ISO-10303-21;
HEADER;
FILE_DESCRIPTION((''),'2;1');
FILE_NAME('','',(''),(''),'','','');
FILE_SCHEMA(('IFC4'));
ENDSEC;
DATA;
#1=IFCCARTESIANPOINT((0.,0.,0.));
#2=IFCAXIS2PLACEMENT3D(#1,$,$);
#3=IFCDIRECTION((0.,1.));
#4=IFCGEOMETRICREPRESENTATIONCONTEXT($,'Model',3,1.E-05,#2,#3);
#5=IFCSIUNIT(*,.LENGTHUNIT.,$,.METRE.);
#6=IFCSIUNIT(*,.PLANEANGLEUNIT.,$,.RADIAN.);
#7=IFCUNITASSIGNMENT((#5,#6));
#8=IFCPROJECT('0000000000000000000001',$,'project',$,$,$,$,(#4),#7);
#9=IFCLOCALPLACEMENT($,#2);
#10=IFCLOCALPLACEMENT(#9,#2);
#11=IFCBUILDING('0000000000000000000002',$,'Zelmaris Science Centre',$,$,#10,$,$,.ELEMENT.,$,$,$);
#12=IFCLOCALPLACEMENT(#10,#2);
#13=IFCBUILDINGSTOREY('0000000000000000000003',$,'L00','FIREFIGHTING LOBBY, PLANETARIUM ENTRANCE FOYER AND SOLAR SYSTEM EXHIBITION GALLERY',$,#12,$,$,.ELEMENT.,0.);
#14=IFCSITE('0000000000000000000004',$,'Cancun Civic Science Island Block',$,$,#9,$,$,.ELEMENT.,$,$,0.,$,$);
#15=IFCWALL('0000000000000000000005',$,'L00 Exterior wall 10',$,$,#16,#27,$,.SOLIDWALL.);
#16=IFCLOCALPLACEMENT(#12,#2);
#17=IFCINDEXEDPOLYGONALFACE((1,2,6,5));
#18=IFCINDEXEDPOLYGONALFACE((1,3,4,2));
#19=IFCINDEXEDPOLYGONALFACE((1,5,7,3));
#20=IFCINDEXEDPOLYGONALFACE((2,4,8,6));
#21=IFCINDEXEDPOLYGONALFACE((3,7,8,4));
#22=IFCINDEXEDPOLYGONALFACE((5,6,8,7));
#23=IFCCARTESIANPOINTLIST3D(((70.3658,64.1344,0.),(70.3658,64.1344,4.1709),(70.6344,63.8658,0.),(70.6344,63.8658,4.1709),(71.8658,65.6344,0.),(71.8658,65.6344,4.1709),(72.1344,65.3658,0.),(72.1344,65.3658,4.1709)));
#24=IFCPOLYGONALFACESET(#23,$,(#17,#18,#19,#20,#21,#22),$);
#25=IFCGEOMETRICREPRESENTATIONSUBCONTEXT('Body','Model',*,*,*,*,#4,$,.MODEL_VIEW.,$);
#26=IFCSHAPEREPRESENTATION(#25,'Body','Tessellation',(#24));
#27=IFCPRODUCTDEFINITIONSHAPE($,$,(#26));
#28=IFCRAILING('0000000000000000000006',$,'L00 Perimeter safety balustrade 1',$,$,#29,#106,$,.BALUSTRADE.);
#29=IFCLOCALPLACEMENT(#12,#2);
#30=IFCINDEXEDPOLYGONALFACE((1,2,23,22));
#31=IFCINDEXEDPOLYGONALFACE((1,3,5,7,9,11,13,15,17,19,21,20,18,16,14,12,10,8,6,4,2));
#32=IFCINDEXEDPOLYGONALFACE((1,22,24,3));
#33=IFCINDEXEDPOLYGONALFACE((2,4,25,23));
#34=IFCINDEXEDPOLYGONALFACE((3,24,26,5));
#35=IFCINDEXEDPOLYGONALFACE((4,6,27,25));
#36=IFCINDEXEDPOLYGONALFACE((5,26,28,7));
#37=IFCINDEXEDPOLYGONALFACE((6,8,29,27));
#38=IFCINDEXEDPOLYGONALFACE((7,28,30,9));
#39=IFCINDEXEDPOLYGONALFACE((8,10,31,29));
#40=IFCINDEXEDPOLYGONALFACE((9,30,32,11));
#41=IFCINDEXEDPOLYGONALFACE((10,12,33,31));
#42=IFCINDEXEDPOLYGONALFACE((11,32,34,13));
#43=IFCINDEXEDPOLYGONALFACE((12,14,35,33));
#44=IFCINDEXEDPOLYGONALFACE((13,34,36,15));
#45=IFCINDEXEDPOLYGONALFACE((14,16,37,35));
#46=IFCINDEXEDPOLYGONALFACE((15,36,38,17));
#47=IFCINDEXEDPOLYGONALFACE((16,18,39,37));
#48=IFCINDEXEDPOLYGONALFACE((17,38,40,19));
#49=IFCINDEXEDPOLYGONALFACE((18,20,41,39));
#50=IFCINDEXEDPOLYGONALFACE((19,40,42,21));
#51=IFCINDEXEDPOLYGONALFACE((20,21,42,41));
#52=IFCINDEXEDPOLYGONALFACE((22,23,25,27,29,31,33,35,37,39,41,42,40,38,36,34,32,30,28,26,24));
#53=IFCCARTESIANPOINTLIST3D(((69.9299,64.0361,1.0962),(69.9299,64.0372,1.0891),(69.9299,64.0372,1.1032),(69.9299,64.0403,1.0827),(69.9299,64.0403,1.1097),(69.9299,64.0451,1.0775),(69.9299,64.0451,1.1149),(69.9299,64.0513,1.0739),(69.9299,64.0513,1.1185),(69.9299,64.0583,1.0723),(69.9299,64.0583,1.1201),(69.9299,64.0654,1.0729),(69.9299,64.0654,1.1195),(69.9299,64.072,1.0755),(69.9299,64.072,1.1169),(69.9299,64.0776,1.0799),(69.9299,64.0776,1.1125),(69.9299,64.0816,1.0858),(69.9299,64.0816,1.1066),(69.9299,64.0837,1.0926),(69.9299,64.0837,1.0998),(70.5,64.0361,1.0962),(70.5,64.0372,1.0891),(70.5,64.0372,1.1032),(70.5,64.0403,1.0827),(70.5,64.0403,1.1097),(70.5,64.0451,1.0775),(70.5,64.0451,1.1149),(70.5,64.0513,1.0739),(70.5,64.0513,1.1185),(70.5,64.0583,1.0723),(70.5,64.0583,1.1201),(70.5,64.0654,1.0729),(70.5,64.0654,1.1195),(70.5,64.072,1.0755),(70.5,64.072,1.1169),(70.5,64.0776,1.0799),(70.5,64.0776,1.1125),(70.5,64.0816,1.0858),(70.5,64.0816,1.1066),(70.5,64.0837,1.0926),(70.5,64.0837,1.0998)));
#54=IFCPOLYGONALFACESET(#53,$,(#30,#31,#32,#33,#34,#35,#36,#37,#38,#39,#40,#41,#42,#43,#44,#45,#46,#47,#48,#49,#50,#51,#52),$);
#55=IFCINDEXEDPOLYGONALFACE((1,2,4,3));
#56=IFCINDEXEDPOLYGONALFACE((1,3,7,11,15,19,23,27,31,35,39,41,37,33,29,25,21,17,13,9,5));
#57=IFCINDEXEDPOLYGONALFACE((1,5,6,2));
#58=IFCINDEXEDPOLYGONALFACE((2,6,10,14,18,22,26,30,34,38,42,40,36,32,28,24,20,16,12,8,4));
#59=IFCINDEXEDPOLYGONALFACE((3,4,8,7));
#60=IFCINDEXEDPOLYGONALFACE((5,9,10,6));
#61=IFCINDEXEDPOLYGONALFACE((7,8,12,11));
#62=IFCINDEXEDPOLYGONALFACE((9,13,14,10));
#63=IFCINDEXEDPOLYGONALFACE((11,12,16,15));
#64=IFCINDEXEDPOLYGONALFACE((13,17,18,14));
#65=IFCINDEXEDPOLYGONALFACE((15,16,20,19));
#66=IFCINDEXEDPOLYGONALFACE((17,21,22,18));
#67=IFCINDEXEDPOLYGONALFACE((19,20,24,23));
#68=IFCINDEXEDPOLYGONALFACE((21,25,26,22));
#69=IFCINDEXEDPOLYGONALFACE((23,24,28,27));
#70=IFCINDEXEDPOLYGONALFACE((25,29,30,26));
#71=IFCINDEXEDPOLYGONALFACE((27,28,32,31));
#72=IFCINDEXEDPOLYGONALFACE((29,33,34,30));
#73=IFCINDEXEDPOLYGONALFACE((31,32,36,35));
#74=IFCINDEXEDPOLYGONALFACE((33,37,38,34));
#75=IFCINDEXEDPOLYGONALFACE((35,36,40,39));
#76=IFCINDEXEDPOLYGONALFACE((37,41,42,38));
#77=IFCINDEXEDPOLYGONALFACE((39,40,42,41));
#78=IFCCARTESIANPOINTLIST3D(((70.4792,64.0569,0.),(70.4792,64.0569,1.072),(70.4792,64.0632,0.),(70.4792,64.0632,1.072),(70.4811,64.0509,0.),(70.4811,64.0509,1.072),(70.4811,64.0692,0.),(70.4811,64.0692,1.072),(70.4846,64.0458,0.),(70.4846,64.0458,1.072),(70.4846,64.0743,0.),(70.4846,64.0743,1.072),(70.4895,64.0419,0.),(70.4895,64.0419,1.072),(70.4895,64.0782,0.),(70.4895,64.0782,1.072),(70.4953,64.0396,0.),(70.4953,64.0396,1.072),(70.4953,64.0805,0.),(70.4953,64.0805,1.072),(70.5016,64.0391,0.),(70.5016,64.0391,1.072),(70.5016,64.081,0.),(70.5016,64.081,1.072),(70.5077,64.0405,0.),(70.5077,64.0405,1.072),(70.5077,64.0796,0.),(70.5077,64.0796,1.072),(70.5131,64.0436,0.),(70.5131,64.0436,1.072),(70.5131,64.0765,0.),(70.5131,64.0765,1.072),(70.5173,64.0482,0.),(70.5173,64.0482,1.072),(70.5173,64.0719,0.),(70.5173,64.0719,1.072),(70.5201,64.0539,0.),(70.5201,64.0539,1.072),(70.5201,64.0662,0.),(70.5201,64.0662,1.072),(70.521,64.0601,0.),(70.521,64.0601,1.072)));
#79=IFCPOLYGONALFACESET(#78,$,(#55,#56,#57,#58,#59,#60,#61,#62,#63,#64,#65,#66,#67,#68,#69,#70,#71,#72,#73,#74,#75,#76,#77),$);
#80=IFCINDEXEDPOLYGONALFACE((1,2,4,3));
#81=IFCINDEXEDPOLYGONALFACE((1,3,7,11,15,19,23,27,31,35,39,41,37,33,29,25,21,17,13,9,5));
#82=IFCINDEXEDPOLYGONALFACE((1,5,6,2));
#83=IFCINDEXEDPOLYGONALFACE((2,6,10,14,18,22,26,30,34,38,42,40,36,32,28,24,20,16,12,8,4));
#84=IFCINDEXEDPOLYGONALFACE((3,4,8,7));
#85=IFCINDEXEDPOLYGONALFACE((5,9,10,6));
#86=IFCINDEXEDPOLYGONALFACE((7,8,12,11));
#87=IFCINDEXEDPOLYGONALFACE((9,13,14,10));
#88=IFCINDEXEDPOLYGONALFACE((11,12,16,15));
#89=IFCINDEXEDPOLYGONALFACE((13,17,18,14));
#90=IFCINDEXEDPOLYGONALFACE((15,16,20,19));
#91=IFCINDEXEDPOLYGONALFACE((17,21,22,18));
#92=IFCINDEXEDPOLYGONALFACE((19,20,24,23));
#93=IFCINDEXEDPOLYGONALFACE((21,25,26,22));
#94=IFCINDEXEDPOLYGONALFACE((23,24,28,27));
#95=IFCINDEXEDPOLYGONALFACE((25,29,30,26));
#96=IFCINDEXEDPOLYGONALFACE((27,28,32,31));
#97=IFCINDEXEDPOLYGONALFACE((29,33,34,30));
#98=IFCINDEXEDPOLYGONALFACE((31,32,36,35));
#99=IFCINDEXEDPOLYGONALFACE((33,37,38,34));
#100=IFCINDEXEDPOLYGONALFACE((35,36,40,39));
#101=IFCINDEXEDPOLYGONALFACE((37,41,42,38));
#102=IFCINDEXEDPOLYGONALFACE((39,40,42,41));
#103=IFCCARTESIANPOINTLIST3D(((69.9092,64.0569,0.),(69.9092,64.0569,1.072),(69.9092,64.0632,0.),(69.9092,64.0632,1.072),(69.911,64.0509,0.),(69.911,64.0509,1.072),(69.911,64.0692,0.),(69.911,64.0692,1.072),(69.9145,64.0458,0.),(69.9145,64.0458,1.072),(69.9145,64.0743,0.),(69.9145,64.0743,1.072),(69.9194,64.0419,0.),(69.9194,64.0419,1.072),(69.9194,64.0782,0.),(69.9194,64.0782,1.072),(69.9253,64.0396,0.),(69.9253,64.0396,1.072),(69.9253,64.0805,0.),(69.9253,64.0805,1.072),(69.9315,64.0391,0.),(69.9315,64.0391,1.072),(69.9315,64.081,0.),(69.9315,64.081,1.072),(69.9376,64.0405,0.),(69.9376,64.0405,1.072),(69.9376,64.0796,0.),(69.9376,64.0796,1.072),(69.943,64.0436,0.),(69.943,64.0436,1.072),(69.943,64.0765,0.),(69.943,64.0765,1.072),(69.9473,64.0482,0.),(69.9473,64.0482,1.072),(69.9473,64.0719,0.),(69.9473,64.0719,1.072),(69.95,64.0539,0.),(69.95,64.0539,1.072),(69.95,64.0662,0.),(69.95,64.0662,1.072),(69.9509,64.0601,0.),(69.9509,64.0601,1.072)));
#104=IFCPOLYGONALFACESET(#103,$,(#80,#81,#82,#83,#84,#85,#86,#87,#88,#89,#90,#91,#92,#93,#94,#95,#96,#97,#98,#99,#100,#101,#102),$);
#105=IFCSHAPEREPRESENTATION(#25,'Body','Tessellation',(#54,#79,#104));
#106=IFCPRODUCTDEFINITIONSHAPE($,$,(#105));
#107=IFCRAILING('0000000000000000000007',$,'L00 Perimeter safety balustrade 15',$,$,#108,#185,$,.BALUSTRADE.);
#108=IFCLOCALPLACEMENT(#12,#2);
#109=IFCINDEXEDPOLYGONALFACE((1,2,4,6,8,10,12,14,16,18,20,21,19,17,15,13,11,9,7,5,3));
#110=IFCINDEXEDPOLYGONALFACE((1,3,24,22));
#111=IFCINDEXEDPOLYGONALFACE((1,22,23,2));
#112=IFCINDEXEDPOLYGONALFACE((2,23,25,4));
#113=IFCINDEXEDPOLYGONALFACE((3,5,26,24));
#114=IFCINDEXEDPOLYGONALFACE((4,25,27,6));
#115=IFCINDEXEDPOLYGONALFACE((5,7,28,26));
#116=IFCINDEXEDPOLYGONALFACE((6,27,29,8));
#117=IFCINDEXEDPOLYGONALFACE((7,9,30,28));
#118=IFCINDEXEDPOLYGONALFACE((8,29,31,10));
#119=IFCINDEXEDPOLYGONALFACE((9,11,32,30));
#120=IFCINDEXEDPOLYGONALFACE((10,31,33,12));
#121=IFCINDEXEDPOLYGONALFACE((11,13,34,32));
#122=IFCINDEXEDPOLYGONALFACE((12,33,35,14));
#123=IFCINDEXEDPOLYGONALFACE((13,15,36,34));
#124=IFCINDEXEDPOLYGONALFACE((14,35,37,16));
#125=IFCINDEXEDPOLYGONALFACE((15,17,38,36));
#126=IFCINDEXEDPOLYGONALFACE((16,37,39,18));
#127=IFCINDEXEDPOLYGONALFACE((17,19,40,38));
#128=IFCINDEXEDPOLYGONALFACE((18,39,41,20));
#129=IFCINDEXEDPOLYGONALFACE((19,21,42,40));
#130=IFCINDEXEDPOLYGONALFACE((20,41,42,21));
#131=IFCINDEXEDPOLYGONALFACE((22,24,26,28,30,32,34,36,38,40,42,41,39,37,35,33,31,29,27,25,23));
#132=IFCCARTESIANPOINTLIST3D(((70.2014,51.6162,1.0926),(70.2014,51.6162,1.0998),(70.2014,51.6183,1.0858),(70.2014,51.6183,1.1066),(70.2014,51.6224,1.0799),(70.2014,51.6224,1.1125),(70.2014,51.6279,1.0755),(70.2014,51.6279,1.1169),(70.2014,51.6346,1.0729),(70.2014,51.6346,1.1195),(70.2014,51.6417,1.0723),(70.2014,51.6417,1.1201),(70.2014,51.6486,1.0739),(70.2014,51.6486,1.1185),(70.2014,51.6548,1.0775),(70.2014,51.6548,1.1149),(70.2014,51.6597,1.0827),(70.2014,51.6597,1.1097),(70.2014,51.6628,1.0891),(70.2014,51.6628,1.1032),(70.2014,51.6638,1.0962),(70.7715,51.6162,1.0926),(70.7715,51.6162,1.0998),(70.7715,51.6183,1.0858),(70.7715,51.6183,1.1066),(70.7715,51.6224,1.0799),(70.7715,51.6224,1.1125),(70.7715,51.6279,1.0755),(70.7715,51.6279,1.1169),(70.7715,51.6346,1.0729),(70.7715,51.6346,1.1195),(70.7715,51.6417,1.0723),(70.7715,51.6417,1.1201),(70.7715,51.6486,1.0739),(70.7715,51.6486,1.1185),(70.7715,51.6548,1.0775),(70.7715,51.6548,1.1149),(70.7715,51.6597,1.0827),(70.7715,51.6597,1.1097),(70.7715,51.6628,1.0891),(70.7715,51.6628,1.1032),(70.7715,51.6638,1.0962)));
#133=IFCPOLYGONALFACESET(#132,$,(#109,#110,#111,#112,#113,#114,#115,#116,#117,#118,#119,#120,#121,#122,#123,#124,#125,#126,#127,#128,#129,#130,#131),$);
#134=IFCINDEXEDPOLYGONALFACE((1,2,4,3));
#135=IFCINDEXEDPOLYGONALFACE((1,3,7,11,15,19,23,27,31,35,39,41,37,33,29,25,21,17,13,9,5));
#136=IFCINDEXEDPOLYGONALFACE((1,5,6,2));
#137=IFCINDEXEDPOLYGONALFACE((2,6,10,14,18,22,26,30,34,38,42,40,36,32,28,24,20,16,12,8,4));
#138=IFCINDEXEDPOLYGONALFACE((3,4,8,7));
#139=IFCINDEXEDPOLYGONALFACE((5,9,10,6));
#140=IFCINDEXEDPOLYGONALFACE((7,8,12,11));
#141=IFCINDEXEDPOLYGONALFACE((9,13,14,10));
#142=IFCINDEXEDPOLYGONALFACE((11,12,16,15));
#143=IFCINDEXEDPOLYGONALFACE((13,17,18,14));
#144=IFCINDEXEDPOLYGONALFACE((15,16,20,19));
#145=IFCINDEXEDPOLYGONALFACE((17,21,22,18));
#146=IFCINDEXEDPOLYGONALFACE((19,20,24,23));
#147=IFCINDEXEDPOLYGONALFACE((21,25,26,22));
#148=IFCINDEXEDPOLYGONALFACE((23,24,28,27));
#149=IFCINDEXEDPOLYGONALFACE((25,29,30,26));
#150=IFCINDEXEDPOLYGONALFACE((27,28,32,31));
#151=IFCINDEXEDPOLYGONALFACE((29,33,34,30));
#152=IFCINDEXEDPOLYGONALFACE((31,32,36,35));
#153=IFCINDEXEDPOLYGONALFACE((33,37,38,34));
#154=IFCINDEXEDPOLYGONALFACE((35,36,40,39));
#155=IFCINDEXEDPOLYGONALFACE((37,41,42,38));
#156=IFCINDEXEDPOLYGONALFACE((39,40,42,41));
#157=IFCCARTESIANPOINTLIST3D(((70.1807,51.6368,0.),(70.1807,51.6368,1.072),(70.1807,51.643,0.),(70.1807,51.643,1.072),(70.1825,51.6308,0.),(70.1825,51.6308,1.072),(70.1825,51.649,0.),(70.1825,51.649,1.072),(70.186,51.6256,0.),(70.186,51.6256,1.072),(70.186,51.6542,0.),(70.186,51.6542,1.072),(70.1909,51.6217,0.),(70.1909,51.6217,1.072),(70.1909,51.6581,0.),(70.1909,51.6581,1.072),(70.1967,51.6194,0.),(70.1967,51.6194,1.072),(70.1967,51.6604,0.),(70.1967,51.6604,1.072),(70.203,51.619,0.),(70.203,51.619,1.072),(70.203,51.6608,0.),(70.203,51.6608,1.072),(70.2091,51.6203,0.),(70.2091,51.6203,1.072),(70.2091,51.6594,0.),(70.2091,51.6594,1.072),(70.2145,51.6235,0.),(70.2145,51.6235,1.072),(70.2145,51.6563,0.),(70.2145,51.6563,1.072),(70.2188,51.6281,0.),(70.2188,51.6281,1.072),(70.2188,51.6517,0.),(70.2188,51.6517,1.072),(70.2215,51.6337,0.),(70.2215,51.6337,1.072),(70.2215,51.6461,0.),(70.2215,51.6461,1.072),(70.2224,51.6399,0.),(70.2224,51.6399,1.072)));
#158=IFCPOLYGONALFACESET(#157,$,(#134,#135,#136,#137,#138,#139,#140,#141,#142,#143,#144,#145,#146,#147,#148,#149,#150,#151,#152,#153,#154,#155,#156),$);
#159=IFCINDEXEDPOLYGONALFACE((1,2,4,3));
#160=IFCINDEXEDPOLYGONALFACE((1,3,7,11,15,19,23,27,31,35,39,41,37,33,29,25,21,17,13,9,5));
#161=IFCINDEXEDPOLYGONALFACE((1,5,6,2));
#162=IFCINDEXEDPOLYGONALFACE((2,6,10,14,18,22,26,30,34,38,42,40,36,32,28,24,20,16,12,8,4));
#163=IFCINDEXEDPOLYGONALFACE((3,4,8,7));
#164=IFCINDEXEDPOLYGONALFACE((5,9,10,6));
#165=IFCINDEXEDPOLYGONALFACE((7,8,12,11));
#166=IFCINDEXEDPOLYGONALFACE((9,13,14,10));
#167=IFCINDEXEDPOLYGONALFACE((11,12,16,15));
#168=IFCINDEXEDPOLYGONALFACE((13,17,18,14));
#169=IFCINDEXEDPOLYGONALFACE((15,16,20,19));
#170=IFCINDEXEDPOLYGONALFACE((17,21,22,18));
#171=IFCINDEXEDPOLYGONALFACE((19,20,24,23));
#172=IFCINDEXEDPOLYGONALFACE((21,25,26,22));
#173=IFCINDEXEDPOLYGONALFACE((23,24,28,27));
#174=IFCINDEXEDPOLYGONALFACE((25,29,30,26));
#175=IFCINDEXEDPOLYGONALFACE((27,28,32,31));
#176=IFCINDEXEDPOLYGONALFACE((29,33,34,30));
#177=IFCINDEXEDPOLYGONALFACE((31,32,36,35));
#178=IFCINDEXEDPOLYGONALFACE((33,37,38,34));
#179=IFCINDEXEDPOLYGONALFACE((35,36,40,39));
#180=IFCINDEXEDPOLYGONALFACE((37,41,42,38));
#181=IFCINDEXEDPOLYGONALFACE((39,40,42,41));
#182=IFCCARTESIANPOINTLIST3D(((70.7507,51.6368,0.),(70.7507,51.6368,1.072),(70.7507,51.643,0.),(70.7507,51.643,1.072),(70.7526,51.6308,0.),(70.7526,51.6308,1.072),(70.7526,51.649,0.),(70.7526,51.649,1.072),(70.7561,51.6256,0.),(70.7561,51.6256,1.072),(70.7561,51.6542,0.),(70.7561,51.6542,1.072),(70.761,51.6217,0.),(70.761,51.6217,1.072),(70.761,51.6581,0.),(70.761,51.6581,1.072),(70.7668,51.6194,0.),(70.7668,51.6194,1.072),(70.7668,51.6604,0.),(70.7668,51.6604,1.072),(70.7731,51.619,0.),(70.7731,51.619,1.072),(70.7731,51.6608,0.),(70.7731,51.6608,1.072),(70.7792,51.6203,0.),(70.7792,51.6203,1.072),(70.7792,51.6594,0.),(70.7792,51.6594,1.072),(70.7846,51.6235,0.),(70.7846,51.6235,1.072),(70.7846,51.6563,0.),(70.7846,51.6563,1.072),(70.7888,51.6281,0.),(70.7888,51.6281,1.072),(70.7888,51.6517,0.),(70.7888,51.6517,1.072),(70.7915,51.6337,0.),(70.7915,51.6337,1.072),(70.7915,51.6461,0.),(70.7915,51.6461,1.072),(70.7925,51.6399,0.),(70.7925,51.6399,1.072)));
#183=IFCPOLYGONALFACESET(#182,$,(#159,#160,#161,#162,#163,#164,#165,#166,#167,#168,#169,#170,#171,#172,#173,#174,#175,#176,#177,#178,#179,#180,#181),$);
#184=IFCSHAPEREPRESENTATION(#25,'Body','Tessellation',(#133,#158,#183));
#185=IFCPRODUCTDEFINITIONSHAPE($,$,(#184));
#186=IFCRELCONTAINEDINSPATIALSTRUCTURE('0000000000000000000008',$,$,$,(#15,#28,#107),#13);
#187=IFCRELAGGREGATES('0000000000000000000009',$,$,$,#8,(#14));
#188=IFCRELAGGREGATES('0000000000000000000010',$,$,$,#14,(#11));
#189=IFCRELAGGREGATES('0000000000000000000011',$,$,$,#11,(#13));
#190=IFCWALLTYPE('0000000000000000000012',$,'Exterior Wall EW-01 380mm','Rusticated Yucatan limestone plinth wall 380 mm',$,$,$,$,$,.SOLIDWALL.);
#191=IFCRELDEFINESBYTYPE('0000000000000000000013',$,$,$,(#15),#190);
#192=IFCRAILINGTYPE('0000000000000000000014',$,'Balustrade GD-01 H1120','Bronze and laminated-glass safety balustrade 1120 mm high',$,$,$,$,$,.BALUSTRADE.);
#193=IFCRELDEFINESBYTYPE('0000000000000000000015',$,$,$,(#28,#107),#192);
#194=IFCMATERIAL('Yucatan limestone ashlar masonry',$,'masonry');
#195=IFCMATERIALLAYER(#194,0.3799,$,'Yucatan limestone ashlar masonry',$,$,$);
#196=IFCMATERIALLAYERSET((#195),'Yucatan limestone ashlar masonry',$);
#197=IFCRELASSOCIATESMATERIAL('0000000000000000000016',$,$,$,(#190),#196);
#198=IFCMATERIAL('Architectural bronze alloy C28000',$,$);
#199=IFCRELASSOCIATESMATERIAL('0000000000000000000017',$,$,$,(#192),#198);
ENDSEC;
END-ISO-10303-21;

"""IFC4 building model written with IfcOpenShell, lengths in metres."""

from ifc_helpers import new_model, si_unit, direction, frame, frame_2d, origin, origin_2d, place, context, subcontext, project, spatial, rectangle, circle, extrude, material, layer, layer_set, type_object, element, save


model = new_model("IFC4")

# Units and contexts
model_context = context("Model", 3, precision=1e-05, world=origin(), true_north=direction((0.0, 1.0)))
body_context = subcontext(model_context, "Body", "Model", "MODEL_VIEW")
ifc_project = project(units=[si_unit("LENGTHUNIT", "METRE"), si_unit("PLANEANGLEUNIT", "RADIAN")], contexts=[model_context])

# Site, building, storey
site_placement = place(None, origin())
site = spatial("IfcSite", under=ifc_project, at=site_placement, Name="Cancun Civic Science Island Block", CompositionType="ELEMENT", RefElevation=0.0)
building_placement = place(site_placement, origin())
building = spatial("IfcBuilding", under=site, at=building_placement, Name="Zelmaris Science Centre", CompositionType="ELEMENT")
storey_placement = place(building_placement, origin())
storey = spatial("IfcBuildingStorey", under=building, at=storey_placement, Name="L00", Description="FIREFIGHTING LOBBY, PLANETARIUM ENTRANCE FOYER AND SOLAR SYSTEM EXHIBITION GALLERY", CompositionType="ELEMENT", Elevation=0.0)

# Wall
ifc_material_1 = material(Name="Yucatan limestone ashlar masonry", Category="masonry")
ifc_layer_1 = layer(ifc_material_1, 0.3799, Name="Yucatan limestone ashlar masonry")
ifc_layer_set_1 = layer_set([ifc_layer_1], Name="Yucatan limestone ashlar masonry")
wall_type = type_object("IfcWallType", Name="Exterior Wall EW-01 380mm", Description="Rusticated Yucatan limestone plinth wall 380 mm", PredefinedType="SOLIDWALL", material=ifc_layer_set_1)
wall_placement = place(storey_placement, frame((72.0, 65.5, 0.0), z_axis=(0.0, 0.0, 1.0), x_axis=(-0.707107, -0.707107, 0.0)))
element("IfcWall", 1, at=wall_placement, inside=storey, type_object=wall_type, Name="L00 Exterior wall 10", PredefinedType="SOLIDWALL", context=body_context, shape_type="SweptSolid", body=[
    extrude(rectangle(XDim=2.1213, YDim=0.3799, at=frame_2d((1.0605, 0.0))), origin(), (0.0, 0.0, 1.0), 4.1709),
])

# Railings
ifc_material_2 = material(Name="Architectural bronze alloy C28000")
railing_type = type_object("IfcRailingType", Name="Balustrade GD-01 H1120", Description="Bronze and laminated-glass safety balustrade 1120 mm high", PredefinedType="BALUSTRADE", material=ifc_material_2)
railing_1_placement = place(storey_placement, frame((70.5, 64.0601, 0.0)))
element("IfcRailing", 2, at=railing_1_placement, inside=storey, type_object=railing_type, Name="L00 Perimeter safety balustrade 1", PredefinedType="BALUSTRADE", context=body_context, shape_type="SweptSolid", body=[
    extrude(circle(Radius=0.0239, at=origin_2d()), frame((0.0, 0.0, 1.0962), z_axis=(-1.0, 0.0, 0.0), x_axis=(0.0, -1.0, 0.0)), (0.0, 0.0, 1.0), 0.5701),
    extrude(circle(Radius=0.021, at=origin_2d()), origin(), (0.0, 0.0, 1.0), 1.072),
    extrude(circle(Radius=0.021, at=origin_2d()), frame((-0.5701, 0.0, 0.0)), (0.0, 0.0, 1.0), 1.072),
])
railing_2_placement = place(storey_placement, frame((70.2014, 51.6399, 0.0)))
element("IfcRailing", 3, at=railing_2_placement, inside=storey, type_object=railing_type, Name="L00 Perimeter safety balustrade 15", PredefinedType="BALUSTRADE", context=body_context, shape_type="SweptSolid", body=[
    extrude(circle(Radius=0.0239, at=origin_2d()), frame((0.0, 0.0, 1.0962), z_axis=(1.0, 0.0, 0.0), x_axis=(0.0, 1.0, 0.0)), (0.0, 0.0, 1.0), 0.5701),
    extrude(circle(Radius=0.021, at=origin_2d()), origin(), (0.0, 0.0, 1.0), 1.072),
    extrude(circle(Radius=0.021, at=origin_2d()), frame((0.5701, 0.0, 0.0)), (0.0, 0.0, 1.0), 1.072),
])

save(model, "model.ifc")
